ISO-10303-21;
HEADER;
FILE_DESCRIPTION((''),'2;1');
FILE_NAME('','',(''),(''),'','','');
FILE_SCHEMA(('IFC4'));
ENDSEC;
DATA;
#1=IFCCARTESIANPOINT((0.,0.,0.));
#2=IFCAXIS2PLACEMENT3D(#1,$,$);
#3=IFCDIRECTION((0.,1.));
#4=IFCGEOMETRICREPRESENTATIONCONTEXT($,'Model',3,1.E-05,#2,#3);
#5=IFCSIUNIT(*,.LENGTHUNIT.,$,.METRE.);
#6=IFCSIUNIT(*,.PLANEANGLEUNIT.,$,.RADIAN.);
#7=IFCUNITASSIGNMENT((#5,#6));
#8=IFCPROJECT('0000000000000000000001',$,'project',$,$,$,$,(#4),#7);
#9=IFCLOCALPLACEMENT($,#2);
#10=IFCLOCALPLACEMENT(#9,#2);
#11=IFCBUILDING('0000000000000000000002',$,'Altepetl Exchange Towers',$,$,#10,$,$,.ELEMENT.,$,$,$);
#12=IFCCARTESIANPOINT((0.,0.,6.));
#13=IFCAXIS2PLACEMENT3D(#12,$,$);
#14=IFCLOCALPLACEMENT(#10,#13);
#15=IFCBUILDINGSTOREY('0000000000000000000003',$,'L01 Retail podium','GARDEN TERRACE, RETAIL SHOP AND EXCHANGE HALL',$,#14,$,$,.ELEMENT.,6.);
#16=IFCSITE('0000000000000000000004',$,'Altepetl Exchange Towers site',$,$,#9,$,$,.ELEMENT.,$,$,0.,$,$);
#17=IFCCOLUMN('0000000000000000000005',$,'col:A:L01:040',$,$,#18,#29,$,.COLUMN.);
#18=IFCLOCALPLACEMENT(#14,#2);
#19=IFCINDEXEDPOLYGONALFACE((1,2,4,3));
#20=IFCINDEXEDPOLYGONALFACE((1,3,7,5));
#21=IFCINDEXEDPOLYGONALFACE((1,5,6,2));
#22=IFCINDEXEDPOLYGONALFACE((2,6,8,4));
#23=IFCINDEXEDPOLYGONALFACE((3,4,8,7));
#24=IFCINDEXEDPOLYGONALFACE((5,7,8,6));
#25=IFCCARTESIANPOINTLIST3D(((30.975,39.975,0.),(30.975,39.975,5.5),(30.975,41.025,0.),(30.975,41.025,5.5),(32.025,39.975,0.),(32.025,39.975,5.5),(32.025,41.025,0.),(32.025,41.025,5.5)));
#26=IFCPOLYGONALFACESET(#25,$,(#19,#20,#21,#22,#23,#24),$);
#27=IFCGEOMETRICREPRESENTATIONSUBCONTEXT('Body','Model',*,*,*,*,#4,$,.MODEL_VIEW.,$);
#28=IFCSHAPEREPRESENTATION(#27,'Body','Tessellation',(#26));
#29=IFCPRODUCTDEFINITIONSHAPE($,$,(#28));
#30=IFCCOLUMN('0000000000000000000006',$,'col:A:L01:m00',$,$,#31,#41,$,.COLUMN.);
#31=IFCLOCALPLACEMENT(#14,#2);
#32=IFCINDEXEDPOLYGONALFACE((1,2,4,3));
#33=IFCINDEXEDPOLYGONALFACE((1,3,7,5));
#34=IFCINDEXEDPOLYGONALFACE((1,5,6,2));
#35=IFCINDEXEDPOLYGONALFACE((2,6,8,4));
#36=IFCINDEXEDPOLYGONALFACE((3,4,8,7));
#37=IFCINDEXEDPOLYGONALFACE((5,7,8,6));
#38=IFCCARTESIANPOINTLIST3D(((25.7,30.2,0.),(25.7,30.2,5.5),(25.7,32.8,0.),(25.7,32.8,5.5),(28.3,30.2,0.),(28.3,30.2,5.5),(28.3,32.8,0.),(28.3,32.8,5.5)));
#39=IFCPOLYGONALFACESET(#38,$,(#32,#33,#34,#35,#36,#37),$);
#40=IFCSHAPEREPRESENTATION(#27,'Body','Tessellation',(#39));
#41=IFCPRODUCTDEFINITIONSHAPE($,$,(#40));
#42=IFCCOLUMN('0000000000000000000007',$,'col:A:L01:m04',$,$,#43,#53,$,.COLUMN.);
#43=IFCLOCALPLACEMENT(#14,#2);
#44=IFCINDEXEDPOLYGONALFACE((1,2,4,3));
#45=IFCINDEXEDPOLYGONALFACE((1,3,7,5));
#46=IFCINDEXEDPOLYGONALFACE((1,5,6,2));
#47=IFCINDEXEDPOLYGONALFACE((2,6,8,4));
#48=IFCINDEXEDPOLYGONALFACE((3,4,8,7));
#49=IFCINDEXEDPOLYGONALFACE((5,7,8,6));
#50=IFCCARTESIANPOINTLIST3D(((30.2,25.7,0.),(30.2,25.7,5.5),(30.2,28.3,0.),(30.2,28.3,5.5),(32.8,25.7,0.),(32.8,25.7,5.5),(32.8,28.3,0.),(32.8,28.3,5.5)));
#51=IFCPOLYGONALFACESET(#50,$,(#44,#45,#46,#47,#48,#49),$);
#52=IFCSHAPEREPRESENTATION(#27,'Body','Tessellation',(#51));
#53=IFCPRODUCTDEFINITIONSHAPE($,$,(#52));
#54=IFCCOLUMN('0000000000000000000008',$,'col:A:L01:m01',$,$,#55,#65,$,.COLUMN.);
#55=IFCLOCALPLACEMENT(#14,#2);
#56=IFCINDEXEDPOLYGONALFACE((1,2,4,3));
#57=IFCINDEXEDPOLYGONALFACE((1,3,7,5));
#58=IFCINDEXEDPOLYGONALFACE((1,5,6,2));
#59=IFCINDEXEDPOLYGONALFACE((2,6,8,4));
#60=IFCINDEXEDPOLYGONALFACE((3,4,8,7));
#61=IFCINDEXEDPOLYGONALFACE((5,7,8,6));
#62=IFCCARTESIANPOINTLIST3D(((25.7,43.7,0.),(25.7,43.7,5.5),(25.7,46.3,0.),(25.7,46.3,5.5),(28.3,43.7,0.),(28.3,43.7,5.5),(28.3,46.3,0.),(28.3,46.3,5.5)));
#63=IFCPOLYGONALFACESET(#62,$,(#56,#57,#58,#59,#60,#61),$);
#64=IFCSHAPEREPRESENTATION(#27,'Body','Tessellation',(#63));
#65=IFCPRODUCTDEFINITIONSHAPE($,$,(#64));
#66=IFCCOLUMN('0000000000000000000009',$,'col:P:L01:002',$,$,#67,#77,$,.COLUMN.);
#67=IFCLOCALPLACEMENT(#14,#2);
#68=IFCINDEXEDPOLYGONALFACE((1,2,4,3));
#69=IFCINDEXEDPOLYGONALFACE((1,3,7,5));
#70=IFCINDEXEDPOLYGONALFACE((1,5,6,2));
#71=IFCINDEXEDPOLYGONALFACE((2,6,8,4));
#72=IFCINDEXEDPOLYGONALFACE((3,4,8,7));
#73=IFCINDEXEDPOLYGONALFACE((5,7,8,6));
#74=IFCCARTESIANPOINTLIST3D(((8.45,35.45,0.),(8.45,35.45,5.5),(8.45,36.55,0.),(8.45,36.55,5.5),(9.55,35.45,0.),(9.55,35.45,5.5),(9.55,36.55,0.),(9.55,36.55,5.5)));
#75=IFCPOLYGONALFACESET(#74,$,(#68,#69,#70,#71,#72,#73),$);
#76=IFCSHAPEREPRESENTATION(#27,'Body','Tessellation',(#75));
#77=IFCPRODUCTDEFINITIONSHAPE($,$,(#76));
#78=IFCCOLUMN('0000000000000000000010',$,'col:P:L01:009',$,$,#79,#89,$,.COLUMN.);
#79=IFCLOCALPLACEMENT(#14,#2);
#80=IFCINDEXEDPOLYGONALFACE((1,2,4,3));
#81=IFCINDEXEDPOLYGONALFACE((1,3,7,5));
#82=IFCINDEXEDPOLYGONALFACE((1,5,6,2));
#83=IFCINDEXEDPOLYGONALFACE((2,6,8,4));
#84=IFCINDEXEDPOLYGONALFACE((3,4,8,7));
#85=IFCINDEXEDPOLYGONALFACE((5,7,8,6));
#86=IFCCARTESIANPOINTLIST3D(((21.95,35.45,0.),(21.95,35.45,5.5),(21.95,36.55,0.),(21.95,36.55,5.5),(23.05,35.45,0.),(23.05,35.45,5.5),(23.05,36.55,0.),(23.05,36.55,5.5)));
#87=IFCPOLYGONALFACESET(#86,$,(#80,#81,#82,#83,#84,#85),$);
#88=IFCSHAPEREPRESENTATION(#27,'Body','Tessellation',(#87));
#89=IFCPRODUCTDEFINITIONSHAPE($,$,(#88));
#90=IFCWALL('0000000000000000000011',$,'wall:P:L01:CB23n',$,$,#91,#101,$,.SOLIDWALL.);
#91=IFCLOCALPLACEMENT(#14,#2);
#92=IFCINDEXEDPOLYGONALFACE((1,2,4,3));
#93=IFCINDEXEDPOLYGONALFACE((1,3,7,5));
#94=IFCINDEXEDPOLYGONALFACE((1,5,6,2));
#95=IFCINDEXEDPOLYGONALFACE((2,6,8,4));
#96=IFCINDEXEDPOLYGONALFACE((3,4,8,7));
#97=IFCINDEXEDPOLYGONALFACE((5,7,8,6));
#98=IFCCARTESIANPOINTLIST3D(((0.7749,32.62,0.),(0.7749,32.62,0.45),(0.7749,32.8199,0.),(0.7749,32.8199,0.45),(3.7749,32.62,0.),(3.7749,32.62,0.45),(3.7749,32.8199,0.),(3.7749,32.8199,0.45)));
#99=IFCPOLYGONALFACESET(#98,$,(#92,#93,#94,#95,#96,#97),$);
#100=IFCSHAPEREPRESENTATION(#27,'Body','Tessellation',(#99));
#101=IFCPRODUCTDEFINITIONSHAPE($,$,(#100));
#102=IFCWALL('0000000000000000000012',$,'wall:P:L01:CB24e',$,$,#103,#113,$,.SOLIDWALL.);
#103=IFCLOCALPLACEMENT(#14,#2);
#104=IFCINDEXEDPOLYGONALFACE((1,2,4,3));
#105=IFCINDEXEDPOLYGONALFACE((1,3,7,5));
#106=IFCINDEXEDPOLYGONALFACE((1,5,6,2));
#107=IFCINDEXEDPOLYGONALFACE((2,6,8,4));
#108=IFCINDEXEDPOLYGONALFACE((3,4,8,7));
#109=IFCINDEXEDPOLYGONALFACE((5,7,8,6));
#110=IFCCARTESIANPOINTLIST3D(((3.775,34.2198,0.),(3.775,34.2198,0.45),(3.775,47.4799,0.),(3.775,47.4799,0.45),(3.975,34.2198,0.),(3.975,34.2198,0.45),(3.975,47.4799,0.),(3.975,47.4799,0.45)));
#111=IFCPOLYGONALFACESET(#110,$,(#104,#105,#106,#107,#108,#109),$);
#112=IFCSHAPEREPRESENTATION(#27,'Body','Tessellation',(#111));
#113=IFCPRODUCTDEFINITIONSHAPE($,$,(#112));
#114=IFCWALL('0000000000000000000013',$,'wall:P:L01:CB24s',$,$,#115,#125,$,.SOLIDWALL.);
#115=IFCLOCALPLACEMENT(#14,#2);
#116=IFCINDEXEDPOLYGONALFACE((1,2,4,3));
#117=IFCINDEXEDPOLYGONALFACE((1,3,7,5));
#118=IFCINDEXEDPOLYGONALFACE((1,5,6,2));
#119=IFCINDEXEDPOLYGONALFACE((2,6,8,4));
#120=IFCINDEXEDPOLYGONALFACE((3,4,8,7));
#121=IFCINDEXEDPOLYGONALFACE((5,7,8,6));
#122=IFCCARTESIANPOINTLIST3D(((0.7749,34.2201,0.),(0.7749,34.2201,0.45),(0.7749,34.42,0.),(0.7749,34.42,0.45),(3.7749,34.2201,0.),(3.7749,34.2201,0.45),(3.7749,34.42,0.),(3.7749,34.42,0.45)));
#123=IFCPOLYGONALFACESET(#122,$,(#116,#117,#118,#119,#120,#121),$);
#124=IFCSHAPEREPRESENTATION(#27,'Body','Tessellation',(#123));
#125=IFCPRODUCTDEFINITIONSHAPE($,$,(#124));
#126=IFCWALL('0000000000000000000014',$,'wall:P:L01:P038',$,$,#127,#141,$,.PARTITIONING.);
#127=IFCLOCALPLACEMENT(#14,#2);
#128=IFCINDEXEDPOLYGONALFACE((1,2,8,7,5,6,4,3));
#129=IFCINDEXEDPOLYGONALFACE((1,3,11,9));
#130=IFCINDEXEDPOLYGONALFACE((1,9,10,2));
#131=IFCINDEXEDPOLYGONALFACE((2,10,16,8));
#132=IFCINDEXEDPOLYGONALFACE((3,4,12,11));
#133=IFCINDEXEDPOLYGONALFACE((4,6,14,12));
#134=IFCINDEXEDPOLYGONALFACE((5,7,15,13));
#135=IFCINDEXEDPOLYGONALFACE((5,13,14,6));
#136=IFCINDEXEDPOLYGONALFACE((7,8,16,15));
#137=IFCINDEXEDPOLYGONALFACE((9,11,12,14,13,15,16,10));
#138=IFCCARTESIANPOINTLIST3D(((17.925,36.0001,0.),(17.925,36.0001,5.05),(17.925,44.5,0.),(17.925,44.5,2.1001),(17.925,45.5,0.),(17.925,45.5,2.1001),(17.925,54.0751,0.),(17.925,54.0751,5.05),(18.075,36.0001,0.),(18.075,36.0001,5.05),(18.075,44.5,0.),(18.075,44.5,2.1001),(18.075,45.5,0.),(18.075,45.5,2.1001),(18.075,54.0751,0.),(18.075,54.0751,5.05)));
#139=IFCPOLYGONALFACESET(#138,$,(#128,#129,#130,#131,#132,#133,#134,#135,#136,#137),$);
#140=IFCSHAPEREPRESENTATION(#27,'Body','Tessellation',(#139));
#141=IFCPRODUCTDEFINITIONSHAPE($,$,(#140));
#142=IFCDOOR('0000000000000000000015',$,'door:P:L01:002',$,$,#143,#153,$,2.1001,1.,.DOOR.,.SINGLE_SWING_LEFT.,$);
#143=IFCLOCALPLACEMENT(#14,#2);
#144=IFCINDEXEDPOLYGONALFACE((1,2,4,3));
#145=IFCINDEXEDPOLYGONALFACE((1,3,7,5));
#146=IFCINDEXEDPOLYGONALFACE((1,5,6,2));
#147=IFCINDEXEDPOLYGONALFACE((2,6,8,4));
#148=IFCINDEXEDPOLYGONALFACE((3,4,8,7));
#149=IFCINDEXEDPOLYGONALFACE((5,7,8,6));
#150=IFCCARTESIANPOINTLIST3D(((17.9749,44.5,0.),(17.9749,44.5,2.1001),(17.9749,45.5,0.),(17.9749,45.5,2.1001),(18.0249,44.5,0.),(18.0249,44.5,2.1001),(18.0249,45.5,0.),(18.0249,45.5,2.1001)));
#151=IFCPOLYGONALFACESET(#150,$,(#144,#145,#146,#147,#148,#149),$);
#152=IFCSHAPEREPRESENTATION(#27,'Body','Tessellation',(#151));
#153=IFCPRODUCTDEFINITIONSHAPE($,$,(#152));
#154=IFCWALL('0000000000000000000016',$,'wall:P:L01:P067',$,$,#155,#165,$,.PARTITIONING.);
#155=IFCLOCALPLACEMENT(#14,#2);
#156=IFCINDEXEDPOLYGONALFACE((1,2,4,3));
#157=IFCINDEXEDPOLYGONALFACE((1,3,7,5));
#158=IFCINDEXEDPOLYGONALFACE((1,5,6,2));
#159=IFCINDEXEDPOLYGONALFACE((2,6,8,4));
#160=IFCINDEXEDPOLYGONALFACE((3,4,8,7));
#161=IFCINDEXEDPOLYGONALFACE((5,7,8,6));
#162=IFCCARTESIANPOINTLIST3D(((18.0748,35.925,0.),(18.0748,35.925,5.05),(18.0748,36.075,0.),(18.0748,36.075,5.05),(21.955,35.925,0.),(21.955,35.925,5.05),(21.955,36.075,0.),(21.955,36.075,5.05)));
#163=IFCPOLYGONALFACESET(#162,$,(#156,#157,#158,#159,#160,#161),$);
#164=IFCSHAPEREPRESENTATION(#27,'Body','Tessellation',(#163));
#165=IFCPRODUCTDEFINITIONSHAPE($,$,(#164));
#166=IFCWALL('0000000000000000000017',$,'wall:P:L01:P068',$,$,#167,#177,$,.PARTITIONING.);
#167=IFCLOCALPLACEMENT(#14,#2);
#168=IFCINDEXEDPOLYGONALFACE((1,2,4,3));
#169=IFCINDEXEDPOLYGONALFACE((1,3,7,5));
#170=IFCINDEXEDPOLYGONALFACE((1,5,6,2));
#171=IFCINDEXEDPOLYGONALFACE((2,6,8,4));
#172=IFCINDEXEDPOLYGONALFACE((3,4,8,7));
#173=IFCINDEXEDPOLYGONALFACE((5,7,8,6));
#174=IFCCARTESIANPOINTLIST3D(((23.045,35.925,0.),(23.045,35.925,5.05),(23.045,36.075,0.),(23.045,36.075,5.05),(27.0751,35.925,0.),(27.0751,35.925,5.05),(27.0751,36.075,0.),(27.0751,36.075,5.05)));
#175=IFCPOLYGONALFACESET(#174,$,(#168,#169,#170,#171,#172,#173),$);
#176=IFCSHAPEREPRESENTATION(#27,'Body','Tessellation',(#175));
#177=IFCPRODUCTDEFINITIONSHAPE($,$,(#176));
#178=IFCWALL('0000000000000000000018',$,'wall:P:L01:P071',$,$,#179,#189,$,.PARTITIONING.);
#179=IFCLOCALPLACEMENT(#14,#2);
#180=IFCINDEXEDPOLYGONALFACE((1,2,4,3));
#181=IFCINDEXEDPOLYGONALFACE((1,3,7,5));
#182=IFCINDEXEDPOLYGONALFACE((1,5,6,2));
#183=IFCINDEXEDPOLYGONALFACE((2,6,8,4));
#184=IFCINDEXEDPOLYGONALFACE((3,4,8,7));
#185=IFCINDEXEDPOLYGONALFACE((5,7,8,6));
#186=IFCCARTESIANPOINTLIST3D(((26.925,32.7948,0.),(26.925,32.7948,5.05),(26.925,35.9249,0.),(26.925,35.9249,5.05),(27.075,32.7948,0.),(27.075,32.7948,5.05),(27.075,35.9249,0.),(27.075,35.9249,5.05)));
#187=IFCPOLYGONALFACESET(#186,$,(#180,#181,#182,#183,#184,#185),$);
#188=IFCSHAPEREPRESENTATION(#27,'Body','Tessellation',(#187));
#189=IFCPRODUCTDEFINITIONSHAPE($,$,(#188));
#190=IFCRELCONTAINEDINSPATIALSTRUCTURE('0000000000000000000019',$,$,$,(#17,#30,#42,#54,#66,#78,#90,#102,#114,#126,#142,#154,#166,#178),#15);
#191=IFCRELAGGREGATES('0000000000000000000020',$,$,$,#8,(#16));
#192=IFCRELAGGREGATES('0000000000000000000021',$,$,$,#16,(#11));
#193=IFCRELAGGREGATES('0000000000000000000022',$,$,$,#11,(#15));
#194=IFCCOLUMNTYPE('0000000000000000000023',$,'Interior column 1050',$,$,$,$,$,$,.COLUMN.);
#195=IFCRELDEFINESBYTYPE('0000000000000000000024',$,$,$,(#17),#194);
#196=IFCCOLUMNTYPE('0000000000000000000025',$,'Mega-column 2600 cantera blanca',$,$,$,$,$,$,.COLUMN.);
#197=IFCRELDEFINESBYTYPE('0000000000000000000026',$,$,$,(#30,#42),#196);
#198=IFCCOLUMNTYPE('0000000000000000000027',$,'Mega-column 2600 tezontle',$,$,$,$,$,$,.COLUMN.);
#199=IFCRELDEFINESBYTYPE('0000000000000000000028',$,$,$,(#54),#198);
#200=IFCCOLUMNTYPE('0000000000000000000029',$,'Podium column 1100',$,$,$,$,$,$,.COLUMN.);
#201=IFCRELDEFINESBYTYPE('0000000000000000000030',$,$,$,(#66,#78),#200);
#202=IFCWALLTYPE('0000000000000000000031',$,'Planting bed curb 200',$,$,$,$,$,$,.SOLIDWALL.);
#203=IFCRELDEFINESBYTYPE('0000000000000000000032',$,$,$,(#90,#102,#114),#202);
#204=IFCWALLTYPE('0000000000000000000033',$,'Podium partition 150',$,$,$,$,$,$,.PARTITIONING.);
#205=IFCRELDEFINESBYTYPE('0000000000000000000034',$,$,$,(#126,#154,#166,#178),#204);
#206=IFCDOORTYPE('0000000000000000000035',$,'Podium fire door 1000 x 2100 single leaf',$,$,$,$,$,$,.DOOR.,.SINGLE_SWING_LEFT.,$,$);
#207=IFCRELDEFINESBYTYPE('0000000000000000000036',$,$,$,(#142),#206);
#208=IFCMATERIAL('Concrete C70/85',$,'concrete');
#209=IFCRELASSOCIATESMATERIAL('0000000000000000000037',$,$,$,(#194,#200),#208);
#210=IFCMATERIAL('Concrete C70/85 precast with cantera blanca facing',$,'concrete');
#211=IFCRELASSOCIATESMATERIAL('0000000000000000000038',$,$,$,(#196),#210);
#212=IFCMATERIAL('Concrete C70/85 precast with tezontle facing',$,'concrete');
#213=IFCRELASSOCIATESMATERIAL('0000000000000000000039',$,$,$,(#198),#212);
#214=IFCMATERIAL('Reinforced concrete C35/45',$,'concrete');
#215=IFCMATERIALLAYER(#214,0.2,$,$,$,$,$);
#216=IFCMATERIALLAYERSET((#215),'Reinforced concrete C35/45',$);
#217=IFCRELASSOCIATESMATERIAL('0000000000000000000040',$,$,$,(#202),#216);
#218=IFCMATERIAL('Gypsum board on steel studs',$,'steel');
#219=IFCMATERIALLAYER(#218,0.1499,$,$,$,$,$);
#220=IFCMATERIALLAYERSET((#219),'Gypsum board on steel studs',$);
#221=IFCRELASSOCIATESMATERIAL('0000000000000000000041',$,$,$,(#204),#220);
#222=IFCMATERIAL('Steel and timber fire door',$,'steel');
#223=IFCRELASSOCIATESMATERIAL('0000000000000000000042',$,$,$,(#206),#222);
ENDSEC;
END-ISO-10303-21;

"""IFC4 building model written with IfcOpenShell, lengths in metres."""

from ifc_helpers import new_model, si_unit, direction, frame, frame_2d, origin, origin_2d, place, context, subcontext, project, spatial, rectangle, extrude, material, layer, layer_set, material_profile, profile_set, type_object, element, fill, save


model = new_model("IFC4")

# Units and contexts
model_context = context("Model", 3, precision=1e-05, world=origin(), true_north=direction((0.0, 1.0)))
body_context = subcontext(model_context, "Body", "Model", "MODEL_VIEW")
ifc_project = project(units=[si_unit("LENGTHUNIT", "METRE"), si_unit("PLANEANGLEUNIT", "RADIAN")], contexts=[model_context])

# Site, building, storey
site_placement = place(None, origin())
site = spatial("IfcSite", under=ifc_project, at=site_placement, Name="Altepetl Exchange Towers site", CompositionType="ELEMENT", RefElevation=0.0)
building_placement = place(site_placement, origin())
building = spatial("IfcBuilding", under=site, at=building_placement, Name="Altepetl Exchange Towers", CompositionType="ELEMENT")
storey_placement = place(building_placement, frame((0.0, 0.0, 6.0)))
storey = spatial("IfcBuildingStorey", under=building, at=storey_placement, Name="L01 Retail podium", Description="GARDEN TERRACE, RETAIL SHOP AND EXCHANGE HALL", CompositionType="ELEMENT", Elevation=6.0)

# Columns
ifc_material_1 = material(Name="Concrete C70/85", Category="concrete")
ifc_material_profile_1 = material_profile(ifc_material_1, rectangle(XDim=1.05, YDim=1.05, at=origin_2d()), Name="1050 x 1050")
ifc_profile_set_1 = profile_set([ifc_material_profile_1], Name="Concrete C70/85")
column_type_1 = type_object("IfcColumnType", Name="Interior column 1050", PredefinedType="COLUMN", material=ifc_profile_set_1)
column_1_placement = place(storey_placement, frame((31.5, 40.5, 0.0)))
element("IfcColumn", 1, at=column_1_placement, inside=storey, type_object=column_type_1, Name="col:A:L01:040", PredefinedType="COLUMN", context=body_context, shape_type="SweptSolid", body=[
    extrude(rectangle(XDim=1.05, YDim=1.05, at=origin_2d()), origin(), (0.0, 0.0, 1.0), 5.5),
])
ifc_material_2 = material(Name="Concrete C70/85 precast with cantera blanca facing", Category="concrete")
ifc_material_profile_2 = material_profile(ifc_material_2, rectangle(XDim=2.6001, YDim=2.6001, at=origin_2d()), Name="2600 x 2600")
ifc_profile_set_2 = profile_set([ifc_material_profile_2], Name="Concrete C70/85 precast with cantera blanca facing")
column_type_2 = type_object("IfcColumnType", Name="Mega-column 2600 cantera blanca", PredefinedType="COLUMN", material=ifc_profile_set_2)
for number, where, name in (
    (2, (27.0, 31.5, 0.0), "col:A:L01:m00"),
    (3, (31.5, 27.0, 0.0), "col:A:L01:m04"),
):
    element("IfcColumn", number, at=place(storey_placement, frame(where)), inside=storey, type_object=column_type_2, Name=name, PredefinedType="COLUMN", context=body_context, shape_type="SweptSolid", body=[
        extrude(rectangle(XDim=2.6001, YDim=2.6001, at=origin_2d()), origin(), (0.0, 0.0, 1.0), 5.5),
    ])
ifc_material_3 = material(Name="Concrete C70/85 precast with tezontle facing", Category="concrete")
ifc_material_profile_3 = material_profile(ifc_material_3, rectangle(XDim=2.6001, YDim=2.6001, at=origin_2d()), Name="2600 x 2600")
ifc_profile_set_3 = profile_set([ifc_material_profile_3], Name="Concrete C70/85 precast with tezontle facing")
column_type_3 = type_object("IfcColumnType", Name="Mega-column 2600 tezontle", PredefinedType="COLUMN", material=ifc_profile_set_3)
column_2_placement = place(storey_placement, frame((27.0, 45.0, 0.0)))
element("IfcColumn", 4, at=column_2_placement, inside=storey, type_object=column_type_3, Name="col:A:L01:m01", PredefinedType="COLUMN", context=body_context, shape_type="SweptSolid", body=[
    extrude(rectangle(XDim=2.6001, YDim=2.6001, at=origin_2d()), origin(), (0.0, 0.0, 1.0), 5.5),
])
ifc_material_profile_4 = material_profile(ifc_material_1, rectangle(XDim=1.1001, YDim=1.1001, at=origin_2d()), Name="1100 x 1100")
ifc_profile_set_4 = profile_set([ifc_material_profile_4], Name="Concrete C70/85")
column_type_4 = type_object("IfcColumnType", Name="Podium column 1100", PredefinedType="COLUMN", material=ifc_profile_set_4)
for number, where, name in (
    (5, (9.0, 36.0, 0.0), "col:P:L01:002"),
    (6, (22.5, 36.0, 0.0), "col:P:L01:009"),
):
    element("IfcColumn", number, at=place(storey_placement, frame(where)), inside=storey, type_object=column_type_4, Name=name, PredefinedType="COLUMN", context=body_context, shape_type="SweptSolid", body=[
        extrude(rectangle(XDim=1.1001, YDim=1.1001, at=origin_2d()), origin(), (0.0, 0.0, 1.0), 5.5),
    ])

# Walls
ifc_material_4 = material(Name="Reinforced concrete C35/45", Category="concrete")
ifc_layer_1 = layer(ifc_material_4, 0.2)
ifc_layer_set_1 = layer_set([ifc_layer_1], Name="Reinforced concrete C35/45")
wall_type_1 = type_object("IfcWallType", Name="Planting bed curb 200", PredefinedType="SOLIDWALL", material=ifc_layer_set_1)
wall_1_placement = place(storey_placement, frame((0.7749, 32.72, 0.0)))
element("IfcWall", 7, at=wall_1_placement, inside=storey, type_object=wall_type_1, Name="wall:P:L01:CB23n", PredefinedType="SOLIDWALL", context=body_context, shape_type="SweptSolid", body=[
    extrude(rectangle(XDim=3.0, YDim=0.2, at=frame_2d((1.5, 0.0))), origin(), (0.0, 0.0, 1.0), 0.45),
])
wall_2_placement = place(storey_placement, frame((3.875, 34.22, 0.0), z_axis=(0.0, 0.0, 1.0), x_axis=(0.0, 1.0, 0.0)))
element("IfcWall", 8, at=wall_2_placement, inside=storey, type_object=wall_type_1, Name="wall:P:L01:CB24e", PredefinedType="SOLIDWALL", context=body_context, shape_type="SweptSolid", body=[
    extrude(rectangle(XDim=13.26, YDim=0.2, at=frame_2d((6.6299, 0.0))), origin(), (0.0, 0.0, 1.0), 0.45),
])
wall_3_placement = place(storey_placement, frame((0.7749, 34.3201, 0.0)))
element("IfcWall", 9, at=wall_3_placement, inside=storey, type_object=wall_type_1, Name="wall:P:L01:CB24s", PredefinedType="SOLIDWALL", context=body_context, shape_type="SweptSolid", body=[
    extrude(rectangle(XDim=3.0, YDim=0.2, at=frame_2d((1.5, 0.0))), origin(), (0.0, 0.0, 1.0), 0.45),
])

# Wall, opening, door
ifc_material_5 = material(Name="Gypsum board on steel studs", Category="steel")
ifc_layer_2 = layer(ifc_material_5, 0.1499)
ifc_layer_set_2 = layer_set([ifc_layer_2], Name="Gypsum board on steel studs")
wall_type_2 = type_object("IfcWallType", Name="Podium partition 150", PredefinedType="PARTITIONING", material=ifc_layer_set_2)
wall_4_placement = place(storey_placement, frame((18.0, 36.0, 0.0), z_axis=(0.0, 0.0, 1.0), x_axis=(0.0, 1.0, 0.0)))
wall_4 = element("IfcWall", 10, at=wall_4_placement, inside=storey, type_object=wall_type_2, Name="wall:P:L01:P038", PredefinedType="PARTITIONING", context=body_context, shape_type="SweptSolid", body=[
    extrude(rectangle(XDim=18.075, YDim=0.1499, at=frame_2d((9.0376, 0.0))), origin(), (0.0, 0.0, 1.0), 5.05),
])
opening_1_placement = place(wall_4_placement, frame((8.5, 0.0, 0.0)))
opening_1 = element("IfcOpeningElement", 11, at=opening_1_placement, cuts=wall_4, PredefinedType="OPENING", context=body_context, shape_type="SweptSolid", body=[
    extrude(rectangle(XDim=1.0, YDim=2.1001, at=frame_2d((0.5, 1.05))), frame((0.0, 0.085, 0.0), z_axis=(0.0, -1.0, 0.0), x_axis=(1.0, 0.0, 0.0)), (0.0, 0.0, 1.0), 0.1699),
])
ifc_material_6 = material(Name="Steel and timber fire door", Category="steel")
door_type_1 = type_object("IfcDoorType", Name="Podium fire door 1000 x 2100 single leaf", OperationType="SINGLE_SWING_LEFT", PredefinedType="DOOR", material=ifc_material_6)
door_1_placement = place(opening_1_placement, frame((1.0, 0.0, 0.0), x_axis=(-1.0, 0.0, 0.0)))
door_1 = element("IfcDoor", 12, at=door_1_placement, inside=storey, type_object=door_type_1, Name="door:P:L01:002", OperationType="SINGLE_SWING_LEFT", OverallHeight=2.1001, OverallWidth=1.0, PredefinedType="DOOR", context=body_context, shape_type="SweptSolid", body=[
    extrude(rectangle(XDim=1.0, YDim=2.1001, at=frame_2d((0.5, 1.05))), frame((0.0, 0.0249, 0.0), z_axis=(0.0, -1.0, 0.0), x_axis=(1.0, 0.0, 0.0)), (0.0, 0.0, 1.0), 0.05),
])
fill(opening_1, door_1)

# Walls
wall_5_placement = place(storey_placement, frame((18.075, 36.0, 0.0)))
element("IfcWall", 13, at=wall_5_placement, inside=storey, type_object=wall_type_2, Name="wall:P:L01:P067", PredefinedType="PARTITIONING", context=body_context, shape_type="SweptSolid", body=[
    extrude(rectangle(XDim=3.8801, YDim=0.1499, at=frame_2d((1.9399, 0.0))), origin(), (0.0, 0.0, 1.0), 5.05),
])
wall_6_placement = place(storey_placement, frame((23.0449, 36.0, 0.0)))
element("IfcWall", 14, at=wall_6_placement, inside=storey, type_object=wall_type_2, Name="wall:P:L01:P068", PredefinedType="PARTITIONING", context=body_context, shape_type="SweptSolid", body=[
    extrude(rectangle(XDim=4.03, YDim=0.1499, at=frame_2d((2.0151, 0.0))), origin(), (0.0, 0.0, 1.0), 5.05),
])
wall_7_placement = place(storey_placement, frame((27.0, 32.7949, 0.0), z_axis=(0.0, 0.0, 1.0), x_axis=(0.0, 1.0, 0.0)))
element("IfcWall", 15, at=wall_7_placement, inside=storey, type_object=wall_type_2, Name="wall:P:L01:P071", PredefinedType="PARTITIONING", context=body_context, shape_type="SweptSolid", body=[
    extrude(rectangle(XDim=3.1301, YDim=0.1499, at=frame_2d((1.5649, 0.0))), origin(), (0.0, 0.0, 1.0), 5.05),
])

save(model, "model.ifc")
